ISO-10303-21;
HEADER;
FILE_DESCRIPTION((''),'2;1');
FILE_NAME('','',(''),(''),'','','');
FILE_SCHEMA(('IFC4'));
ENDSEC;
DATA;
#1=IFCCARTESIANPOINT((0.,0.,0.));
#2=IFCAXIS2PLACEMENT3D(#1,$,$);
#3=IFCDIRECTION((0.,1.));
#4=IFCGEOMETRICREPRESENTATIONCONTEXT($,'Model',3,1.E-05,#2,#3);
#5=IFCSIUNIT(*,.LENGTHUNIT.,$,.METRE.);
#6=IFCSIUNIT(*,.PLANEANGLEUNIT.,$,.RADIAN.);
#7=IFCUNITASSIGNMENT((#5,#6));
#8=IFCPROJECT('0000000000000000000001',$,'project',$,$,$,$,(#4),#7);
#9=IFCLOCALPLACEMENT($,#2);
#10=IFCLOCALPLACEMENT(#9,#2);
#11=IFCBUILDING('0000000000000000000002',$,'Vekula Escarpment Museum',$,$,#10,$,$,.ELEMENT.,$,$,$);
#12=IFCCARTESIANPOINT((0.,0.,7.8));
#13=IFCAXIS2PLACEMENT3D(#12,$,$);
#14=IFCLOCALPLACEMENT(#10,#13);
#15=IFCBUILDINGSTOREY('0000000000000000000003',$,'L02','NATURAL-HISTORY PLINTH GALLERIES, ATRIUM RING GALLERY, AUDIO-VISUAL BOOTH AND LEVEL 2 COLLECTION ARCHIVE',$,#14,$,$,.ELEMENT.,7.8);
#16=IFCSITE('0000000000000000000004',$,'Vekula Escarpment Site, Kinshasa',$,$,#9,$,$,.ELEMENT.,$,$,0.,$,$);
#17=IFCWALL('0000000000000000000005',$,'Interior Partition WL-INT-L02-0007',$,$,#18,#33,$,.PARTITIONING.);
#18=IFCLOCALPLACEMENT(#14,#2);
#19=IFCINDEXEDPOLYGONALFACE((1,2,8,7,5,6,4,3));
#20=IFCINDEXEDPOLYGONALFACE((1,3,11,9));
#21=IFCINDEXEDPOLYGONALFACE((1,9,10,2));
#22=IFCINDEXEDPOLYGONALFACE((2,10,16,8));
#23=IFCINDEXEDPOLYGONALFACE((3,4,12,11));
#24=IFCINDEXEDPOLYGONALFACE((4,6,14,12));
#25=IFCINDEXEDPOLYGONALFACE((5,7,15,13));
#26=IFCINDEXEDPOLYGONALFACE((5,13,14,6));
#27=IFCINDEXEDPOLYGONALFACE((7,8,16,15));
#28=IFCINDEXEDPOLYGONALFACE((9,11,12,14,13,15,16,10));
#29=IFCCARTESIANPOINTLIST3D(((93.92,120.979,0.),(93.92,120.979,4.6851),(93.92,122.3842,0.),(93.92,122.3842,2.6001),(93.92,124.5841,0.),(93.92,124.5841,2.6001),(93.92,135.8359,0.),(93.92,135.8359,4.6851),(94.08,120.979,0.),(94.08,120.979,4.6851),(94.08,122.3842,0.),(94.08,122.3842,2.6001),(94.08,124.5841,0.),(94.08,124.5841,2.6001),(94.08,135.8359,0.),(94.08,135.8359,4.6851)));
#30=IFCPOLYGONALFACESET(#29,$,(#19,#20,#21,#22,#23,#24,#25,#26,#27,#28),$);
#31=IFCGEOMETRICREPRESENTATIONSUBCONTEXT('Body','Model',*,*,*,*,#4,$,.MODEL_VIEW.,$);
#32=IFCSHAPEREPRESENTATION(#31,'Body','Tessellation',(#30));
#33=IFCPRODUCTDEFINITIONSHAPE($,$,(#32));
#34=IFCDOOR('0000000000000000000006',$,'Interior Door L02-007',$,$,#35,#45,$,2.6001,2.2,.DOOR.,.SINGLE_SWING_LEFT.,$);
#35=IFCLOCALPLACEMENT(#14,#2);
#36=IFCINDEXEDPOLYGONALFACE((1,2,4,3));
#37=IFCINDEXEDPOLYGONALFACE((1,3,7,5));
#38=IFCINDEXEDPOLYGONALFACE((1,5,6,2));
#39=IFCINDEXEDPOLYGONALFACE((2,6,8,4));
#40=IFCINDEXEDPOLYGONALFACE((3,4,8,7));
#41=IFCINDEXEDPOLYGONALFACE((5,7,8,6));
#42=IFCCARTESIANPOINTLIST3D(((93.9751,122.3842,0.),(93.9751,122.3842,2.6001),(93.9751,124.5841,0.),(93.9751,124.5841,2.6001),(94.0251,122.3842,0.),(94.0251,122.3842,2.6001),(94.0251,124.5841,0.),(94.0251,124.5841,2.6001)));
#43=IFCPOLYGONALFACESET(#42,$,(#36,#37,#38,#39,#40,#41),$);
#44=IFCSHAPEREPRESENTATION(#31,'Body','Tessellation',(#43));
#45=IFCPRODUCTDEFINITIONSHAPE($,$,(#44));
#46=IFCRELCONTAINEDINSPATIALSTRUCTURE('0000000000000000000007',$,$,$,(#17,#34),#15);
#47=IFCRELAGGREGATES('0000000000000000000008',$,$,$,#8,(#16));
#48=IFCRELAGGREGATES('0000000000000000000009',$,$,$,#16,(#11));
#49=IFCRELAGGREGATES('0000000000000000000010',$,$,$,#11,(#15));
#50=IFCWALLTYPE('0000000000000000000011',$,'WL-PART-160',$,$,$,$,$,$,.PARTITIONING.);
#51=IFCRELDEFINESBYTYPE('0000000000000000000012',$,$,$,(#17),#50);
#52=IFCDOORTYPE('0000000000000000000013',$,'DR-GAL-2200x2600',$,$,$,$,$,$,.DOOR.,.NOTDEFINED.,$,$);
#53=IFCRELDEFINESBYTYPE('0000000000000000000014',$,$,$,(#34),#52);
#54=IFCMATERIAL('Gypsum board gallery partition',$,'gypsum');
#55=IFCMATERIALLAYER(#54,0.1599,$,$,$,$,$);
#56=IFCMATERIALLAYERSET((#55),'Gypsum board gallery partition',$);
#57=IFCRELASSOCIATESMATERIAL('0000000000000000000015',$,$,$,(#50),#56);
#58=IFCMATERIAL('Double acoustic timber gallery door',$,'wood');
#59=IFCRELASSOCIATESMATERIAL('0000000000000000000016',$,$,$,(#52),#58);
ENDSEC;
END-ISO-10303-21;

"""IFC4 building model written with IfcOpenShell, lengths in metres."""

from ifc_helpers import new_model, si_unit, direction, frame, frame_2d, origin, place, context, subcontext, project, spatial, rectangle, extrude, material, layer, layer_set, type_object, element, fill, save


model = new_model("IFC4")

# Units and contexts
model_context = context("Model", 3, precision=1e-05, world=origin(), true_north=direction((0.0, 1.0)))
body_context = subcontext(model_context, "Body", "Model", "MODEL_VIEW")
ifc_project = project(units=[si_unit("LENGTHUNIT", "METRE"), si_unit("PLANEANGLEUNIT", "RADIAN")], contexts=[model_context])

# Site, building, storey
site_placement = place(None, origin())
site = spatial("IfcSite", under=ifc_project, at=site_placement, Name="Vekula Escarpment Site, Kinshasa", CompositionType="ELEMENT", RefElevation=0.0)
building_placement = place(site_placement, origin())
building = spatial("IfcBuilding", under=site, at=building_placement, Name="Vekula Escarpment Museum", CompositionType="ELEMENT")
storey_placement = place(building_placement, frame((0.0, 0.0, 7.8)))
storey = spatial("IfcBuildingStorey", under=building, at=storey_placement, Name="L02", Description="NATURAL-HISTORY PLINTH GALLERIES, ATRIUM RING GALLERY, AUDIO-VISUAL BOOTH AND LEVEL 2 COLLECTION ARCHIVE", CompositionType="ELEMENT", Elevation=7.8)

# Wall, opening, door
ifc_material_1 = material(Name="Gypsum board gallery partition", Category="gypsum")
ifc_layer_1 = layer(ifc_material_1, 0.1599)
ifc_layer_set_1 = layer_set([ifc_layer_1], Name="Gypsum board gallery partition")
wall_type_1 = type_object("IfcWallType", Name="WL-PART-160", PredefinedType="PARTITIONING", material=ifc_layer_set_1)
wall_1_placement = place(storey_placement, frame((94.0, 120.979, 0.0), z_axis=(0.0, 0.0, 1.0), x_axis=(0.0, 1.0, 0.0)))
wall_1 = element("IfcWall", 1, at=wall_1_placement, inside=storey, type_object=wall_type_1, Name="Interior Partition WL-INT-L02-0007", PredefinedType="PARTITIONING", context=body_context, shape_type="SweptSolid", body=[
    extrude(rectangle(XDim=14.8569, YDim=0.1599, at=frame_2d((7.4285, 0.0))), origin(), (0.0, 0.0, 1.0), 4.6851),
])
opening_placement = place(wall_1_placement, frame((1.405, 0.0, 0.0)))
opening = element("IfcOpeningElement", 2, at=opening_placement, cuts=wall_1, PredefinedType="OPENING", context=body_context, shape_type="SweptSolid", body=[
    extrude(rectangle(XDim=2.2, YDim=2.6001, at=frame_2d((1.1001, 1.3))), frame((0.0, 0.0898, 0.0), z_axis=(0.0, -1.0, 0.0), x_axis=(1.0, 0.0, 0.0)), (0.0, 0.0, 1.0), 0.1799),
])
ifc_material_2 = material(Name="Double acoustic timber gallery door", Category="wood")
door_type = type_object("IfcDoorType", Name="DR-GAL-2200x2600", OperationType="NOTDEFINED", PredefinedType="DOOR", material=ifc_material_2)
door_placement = place(opening_placement, origin())
door = element("IfcDoor", 3, at=door_placement, inside=storey, type_object=door_type, Name="Interior Door L02-007", OperationType="SINGLE_SWING_LEFT", OverallHeight=2.6001, OverallWidth=2.2, PredefinedType="DOOR", context=body_context, shape_type="SweptSolid", body=[
    extrude(rectangle(XDim=2.2, YDim=2.6001, at=frame_2d((1.1001, 1.3))), frame((0.0, 0.0249, 0.0), z_axis=(0.0, -1.0, 0.0), x_axis=(1.0, 0.0, 0.0)), (0.0, 0.0, 1.0), 0.05),
])
fill(opening, door)

save(model, "model.ifc")
